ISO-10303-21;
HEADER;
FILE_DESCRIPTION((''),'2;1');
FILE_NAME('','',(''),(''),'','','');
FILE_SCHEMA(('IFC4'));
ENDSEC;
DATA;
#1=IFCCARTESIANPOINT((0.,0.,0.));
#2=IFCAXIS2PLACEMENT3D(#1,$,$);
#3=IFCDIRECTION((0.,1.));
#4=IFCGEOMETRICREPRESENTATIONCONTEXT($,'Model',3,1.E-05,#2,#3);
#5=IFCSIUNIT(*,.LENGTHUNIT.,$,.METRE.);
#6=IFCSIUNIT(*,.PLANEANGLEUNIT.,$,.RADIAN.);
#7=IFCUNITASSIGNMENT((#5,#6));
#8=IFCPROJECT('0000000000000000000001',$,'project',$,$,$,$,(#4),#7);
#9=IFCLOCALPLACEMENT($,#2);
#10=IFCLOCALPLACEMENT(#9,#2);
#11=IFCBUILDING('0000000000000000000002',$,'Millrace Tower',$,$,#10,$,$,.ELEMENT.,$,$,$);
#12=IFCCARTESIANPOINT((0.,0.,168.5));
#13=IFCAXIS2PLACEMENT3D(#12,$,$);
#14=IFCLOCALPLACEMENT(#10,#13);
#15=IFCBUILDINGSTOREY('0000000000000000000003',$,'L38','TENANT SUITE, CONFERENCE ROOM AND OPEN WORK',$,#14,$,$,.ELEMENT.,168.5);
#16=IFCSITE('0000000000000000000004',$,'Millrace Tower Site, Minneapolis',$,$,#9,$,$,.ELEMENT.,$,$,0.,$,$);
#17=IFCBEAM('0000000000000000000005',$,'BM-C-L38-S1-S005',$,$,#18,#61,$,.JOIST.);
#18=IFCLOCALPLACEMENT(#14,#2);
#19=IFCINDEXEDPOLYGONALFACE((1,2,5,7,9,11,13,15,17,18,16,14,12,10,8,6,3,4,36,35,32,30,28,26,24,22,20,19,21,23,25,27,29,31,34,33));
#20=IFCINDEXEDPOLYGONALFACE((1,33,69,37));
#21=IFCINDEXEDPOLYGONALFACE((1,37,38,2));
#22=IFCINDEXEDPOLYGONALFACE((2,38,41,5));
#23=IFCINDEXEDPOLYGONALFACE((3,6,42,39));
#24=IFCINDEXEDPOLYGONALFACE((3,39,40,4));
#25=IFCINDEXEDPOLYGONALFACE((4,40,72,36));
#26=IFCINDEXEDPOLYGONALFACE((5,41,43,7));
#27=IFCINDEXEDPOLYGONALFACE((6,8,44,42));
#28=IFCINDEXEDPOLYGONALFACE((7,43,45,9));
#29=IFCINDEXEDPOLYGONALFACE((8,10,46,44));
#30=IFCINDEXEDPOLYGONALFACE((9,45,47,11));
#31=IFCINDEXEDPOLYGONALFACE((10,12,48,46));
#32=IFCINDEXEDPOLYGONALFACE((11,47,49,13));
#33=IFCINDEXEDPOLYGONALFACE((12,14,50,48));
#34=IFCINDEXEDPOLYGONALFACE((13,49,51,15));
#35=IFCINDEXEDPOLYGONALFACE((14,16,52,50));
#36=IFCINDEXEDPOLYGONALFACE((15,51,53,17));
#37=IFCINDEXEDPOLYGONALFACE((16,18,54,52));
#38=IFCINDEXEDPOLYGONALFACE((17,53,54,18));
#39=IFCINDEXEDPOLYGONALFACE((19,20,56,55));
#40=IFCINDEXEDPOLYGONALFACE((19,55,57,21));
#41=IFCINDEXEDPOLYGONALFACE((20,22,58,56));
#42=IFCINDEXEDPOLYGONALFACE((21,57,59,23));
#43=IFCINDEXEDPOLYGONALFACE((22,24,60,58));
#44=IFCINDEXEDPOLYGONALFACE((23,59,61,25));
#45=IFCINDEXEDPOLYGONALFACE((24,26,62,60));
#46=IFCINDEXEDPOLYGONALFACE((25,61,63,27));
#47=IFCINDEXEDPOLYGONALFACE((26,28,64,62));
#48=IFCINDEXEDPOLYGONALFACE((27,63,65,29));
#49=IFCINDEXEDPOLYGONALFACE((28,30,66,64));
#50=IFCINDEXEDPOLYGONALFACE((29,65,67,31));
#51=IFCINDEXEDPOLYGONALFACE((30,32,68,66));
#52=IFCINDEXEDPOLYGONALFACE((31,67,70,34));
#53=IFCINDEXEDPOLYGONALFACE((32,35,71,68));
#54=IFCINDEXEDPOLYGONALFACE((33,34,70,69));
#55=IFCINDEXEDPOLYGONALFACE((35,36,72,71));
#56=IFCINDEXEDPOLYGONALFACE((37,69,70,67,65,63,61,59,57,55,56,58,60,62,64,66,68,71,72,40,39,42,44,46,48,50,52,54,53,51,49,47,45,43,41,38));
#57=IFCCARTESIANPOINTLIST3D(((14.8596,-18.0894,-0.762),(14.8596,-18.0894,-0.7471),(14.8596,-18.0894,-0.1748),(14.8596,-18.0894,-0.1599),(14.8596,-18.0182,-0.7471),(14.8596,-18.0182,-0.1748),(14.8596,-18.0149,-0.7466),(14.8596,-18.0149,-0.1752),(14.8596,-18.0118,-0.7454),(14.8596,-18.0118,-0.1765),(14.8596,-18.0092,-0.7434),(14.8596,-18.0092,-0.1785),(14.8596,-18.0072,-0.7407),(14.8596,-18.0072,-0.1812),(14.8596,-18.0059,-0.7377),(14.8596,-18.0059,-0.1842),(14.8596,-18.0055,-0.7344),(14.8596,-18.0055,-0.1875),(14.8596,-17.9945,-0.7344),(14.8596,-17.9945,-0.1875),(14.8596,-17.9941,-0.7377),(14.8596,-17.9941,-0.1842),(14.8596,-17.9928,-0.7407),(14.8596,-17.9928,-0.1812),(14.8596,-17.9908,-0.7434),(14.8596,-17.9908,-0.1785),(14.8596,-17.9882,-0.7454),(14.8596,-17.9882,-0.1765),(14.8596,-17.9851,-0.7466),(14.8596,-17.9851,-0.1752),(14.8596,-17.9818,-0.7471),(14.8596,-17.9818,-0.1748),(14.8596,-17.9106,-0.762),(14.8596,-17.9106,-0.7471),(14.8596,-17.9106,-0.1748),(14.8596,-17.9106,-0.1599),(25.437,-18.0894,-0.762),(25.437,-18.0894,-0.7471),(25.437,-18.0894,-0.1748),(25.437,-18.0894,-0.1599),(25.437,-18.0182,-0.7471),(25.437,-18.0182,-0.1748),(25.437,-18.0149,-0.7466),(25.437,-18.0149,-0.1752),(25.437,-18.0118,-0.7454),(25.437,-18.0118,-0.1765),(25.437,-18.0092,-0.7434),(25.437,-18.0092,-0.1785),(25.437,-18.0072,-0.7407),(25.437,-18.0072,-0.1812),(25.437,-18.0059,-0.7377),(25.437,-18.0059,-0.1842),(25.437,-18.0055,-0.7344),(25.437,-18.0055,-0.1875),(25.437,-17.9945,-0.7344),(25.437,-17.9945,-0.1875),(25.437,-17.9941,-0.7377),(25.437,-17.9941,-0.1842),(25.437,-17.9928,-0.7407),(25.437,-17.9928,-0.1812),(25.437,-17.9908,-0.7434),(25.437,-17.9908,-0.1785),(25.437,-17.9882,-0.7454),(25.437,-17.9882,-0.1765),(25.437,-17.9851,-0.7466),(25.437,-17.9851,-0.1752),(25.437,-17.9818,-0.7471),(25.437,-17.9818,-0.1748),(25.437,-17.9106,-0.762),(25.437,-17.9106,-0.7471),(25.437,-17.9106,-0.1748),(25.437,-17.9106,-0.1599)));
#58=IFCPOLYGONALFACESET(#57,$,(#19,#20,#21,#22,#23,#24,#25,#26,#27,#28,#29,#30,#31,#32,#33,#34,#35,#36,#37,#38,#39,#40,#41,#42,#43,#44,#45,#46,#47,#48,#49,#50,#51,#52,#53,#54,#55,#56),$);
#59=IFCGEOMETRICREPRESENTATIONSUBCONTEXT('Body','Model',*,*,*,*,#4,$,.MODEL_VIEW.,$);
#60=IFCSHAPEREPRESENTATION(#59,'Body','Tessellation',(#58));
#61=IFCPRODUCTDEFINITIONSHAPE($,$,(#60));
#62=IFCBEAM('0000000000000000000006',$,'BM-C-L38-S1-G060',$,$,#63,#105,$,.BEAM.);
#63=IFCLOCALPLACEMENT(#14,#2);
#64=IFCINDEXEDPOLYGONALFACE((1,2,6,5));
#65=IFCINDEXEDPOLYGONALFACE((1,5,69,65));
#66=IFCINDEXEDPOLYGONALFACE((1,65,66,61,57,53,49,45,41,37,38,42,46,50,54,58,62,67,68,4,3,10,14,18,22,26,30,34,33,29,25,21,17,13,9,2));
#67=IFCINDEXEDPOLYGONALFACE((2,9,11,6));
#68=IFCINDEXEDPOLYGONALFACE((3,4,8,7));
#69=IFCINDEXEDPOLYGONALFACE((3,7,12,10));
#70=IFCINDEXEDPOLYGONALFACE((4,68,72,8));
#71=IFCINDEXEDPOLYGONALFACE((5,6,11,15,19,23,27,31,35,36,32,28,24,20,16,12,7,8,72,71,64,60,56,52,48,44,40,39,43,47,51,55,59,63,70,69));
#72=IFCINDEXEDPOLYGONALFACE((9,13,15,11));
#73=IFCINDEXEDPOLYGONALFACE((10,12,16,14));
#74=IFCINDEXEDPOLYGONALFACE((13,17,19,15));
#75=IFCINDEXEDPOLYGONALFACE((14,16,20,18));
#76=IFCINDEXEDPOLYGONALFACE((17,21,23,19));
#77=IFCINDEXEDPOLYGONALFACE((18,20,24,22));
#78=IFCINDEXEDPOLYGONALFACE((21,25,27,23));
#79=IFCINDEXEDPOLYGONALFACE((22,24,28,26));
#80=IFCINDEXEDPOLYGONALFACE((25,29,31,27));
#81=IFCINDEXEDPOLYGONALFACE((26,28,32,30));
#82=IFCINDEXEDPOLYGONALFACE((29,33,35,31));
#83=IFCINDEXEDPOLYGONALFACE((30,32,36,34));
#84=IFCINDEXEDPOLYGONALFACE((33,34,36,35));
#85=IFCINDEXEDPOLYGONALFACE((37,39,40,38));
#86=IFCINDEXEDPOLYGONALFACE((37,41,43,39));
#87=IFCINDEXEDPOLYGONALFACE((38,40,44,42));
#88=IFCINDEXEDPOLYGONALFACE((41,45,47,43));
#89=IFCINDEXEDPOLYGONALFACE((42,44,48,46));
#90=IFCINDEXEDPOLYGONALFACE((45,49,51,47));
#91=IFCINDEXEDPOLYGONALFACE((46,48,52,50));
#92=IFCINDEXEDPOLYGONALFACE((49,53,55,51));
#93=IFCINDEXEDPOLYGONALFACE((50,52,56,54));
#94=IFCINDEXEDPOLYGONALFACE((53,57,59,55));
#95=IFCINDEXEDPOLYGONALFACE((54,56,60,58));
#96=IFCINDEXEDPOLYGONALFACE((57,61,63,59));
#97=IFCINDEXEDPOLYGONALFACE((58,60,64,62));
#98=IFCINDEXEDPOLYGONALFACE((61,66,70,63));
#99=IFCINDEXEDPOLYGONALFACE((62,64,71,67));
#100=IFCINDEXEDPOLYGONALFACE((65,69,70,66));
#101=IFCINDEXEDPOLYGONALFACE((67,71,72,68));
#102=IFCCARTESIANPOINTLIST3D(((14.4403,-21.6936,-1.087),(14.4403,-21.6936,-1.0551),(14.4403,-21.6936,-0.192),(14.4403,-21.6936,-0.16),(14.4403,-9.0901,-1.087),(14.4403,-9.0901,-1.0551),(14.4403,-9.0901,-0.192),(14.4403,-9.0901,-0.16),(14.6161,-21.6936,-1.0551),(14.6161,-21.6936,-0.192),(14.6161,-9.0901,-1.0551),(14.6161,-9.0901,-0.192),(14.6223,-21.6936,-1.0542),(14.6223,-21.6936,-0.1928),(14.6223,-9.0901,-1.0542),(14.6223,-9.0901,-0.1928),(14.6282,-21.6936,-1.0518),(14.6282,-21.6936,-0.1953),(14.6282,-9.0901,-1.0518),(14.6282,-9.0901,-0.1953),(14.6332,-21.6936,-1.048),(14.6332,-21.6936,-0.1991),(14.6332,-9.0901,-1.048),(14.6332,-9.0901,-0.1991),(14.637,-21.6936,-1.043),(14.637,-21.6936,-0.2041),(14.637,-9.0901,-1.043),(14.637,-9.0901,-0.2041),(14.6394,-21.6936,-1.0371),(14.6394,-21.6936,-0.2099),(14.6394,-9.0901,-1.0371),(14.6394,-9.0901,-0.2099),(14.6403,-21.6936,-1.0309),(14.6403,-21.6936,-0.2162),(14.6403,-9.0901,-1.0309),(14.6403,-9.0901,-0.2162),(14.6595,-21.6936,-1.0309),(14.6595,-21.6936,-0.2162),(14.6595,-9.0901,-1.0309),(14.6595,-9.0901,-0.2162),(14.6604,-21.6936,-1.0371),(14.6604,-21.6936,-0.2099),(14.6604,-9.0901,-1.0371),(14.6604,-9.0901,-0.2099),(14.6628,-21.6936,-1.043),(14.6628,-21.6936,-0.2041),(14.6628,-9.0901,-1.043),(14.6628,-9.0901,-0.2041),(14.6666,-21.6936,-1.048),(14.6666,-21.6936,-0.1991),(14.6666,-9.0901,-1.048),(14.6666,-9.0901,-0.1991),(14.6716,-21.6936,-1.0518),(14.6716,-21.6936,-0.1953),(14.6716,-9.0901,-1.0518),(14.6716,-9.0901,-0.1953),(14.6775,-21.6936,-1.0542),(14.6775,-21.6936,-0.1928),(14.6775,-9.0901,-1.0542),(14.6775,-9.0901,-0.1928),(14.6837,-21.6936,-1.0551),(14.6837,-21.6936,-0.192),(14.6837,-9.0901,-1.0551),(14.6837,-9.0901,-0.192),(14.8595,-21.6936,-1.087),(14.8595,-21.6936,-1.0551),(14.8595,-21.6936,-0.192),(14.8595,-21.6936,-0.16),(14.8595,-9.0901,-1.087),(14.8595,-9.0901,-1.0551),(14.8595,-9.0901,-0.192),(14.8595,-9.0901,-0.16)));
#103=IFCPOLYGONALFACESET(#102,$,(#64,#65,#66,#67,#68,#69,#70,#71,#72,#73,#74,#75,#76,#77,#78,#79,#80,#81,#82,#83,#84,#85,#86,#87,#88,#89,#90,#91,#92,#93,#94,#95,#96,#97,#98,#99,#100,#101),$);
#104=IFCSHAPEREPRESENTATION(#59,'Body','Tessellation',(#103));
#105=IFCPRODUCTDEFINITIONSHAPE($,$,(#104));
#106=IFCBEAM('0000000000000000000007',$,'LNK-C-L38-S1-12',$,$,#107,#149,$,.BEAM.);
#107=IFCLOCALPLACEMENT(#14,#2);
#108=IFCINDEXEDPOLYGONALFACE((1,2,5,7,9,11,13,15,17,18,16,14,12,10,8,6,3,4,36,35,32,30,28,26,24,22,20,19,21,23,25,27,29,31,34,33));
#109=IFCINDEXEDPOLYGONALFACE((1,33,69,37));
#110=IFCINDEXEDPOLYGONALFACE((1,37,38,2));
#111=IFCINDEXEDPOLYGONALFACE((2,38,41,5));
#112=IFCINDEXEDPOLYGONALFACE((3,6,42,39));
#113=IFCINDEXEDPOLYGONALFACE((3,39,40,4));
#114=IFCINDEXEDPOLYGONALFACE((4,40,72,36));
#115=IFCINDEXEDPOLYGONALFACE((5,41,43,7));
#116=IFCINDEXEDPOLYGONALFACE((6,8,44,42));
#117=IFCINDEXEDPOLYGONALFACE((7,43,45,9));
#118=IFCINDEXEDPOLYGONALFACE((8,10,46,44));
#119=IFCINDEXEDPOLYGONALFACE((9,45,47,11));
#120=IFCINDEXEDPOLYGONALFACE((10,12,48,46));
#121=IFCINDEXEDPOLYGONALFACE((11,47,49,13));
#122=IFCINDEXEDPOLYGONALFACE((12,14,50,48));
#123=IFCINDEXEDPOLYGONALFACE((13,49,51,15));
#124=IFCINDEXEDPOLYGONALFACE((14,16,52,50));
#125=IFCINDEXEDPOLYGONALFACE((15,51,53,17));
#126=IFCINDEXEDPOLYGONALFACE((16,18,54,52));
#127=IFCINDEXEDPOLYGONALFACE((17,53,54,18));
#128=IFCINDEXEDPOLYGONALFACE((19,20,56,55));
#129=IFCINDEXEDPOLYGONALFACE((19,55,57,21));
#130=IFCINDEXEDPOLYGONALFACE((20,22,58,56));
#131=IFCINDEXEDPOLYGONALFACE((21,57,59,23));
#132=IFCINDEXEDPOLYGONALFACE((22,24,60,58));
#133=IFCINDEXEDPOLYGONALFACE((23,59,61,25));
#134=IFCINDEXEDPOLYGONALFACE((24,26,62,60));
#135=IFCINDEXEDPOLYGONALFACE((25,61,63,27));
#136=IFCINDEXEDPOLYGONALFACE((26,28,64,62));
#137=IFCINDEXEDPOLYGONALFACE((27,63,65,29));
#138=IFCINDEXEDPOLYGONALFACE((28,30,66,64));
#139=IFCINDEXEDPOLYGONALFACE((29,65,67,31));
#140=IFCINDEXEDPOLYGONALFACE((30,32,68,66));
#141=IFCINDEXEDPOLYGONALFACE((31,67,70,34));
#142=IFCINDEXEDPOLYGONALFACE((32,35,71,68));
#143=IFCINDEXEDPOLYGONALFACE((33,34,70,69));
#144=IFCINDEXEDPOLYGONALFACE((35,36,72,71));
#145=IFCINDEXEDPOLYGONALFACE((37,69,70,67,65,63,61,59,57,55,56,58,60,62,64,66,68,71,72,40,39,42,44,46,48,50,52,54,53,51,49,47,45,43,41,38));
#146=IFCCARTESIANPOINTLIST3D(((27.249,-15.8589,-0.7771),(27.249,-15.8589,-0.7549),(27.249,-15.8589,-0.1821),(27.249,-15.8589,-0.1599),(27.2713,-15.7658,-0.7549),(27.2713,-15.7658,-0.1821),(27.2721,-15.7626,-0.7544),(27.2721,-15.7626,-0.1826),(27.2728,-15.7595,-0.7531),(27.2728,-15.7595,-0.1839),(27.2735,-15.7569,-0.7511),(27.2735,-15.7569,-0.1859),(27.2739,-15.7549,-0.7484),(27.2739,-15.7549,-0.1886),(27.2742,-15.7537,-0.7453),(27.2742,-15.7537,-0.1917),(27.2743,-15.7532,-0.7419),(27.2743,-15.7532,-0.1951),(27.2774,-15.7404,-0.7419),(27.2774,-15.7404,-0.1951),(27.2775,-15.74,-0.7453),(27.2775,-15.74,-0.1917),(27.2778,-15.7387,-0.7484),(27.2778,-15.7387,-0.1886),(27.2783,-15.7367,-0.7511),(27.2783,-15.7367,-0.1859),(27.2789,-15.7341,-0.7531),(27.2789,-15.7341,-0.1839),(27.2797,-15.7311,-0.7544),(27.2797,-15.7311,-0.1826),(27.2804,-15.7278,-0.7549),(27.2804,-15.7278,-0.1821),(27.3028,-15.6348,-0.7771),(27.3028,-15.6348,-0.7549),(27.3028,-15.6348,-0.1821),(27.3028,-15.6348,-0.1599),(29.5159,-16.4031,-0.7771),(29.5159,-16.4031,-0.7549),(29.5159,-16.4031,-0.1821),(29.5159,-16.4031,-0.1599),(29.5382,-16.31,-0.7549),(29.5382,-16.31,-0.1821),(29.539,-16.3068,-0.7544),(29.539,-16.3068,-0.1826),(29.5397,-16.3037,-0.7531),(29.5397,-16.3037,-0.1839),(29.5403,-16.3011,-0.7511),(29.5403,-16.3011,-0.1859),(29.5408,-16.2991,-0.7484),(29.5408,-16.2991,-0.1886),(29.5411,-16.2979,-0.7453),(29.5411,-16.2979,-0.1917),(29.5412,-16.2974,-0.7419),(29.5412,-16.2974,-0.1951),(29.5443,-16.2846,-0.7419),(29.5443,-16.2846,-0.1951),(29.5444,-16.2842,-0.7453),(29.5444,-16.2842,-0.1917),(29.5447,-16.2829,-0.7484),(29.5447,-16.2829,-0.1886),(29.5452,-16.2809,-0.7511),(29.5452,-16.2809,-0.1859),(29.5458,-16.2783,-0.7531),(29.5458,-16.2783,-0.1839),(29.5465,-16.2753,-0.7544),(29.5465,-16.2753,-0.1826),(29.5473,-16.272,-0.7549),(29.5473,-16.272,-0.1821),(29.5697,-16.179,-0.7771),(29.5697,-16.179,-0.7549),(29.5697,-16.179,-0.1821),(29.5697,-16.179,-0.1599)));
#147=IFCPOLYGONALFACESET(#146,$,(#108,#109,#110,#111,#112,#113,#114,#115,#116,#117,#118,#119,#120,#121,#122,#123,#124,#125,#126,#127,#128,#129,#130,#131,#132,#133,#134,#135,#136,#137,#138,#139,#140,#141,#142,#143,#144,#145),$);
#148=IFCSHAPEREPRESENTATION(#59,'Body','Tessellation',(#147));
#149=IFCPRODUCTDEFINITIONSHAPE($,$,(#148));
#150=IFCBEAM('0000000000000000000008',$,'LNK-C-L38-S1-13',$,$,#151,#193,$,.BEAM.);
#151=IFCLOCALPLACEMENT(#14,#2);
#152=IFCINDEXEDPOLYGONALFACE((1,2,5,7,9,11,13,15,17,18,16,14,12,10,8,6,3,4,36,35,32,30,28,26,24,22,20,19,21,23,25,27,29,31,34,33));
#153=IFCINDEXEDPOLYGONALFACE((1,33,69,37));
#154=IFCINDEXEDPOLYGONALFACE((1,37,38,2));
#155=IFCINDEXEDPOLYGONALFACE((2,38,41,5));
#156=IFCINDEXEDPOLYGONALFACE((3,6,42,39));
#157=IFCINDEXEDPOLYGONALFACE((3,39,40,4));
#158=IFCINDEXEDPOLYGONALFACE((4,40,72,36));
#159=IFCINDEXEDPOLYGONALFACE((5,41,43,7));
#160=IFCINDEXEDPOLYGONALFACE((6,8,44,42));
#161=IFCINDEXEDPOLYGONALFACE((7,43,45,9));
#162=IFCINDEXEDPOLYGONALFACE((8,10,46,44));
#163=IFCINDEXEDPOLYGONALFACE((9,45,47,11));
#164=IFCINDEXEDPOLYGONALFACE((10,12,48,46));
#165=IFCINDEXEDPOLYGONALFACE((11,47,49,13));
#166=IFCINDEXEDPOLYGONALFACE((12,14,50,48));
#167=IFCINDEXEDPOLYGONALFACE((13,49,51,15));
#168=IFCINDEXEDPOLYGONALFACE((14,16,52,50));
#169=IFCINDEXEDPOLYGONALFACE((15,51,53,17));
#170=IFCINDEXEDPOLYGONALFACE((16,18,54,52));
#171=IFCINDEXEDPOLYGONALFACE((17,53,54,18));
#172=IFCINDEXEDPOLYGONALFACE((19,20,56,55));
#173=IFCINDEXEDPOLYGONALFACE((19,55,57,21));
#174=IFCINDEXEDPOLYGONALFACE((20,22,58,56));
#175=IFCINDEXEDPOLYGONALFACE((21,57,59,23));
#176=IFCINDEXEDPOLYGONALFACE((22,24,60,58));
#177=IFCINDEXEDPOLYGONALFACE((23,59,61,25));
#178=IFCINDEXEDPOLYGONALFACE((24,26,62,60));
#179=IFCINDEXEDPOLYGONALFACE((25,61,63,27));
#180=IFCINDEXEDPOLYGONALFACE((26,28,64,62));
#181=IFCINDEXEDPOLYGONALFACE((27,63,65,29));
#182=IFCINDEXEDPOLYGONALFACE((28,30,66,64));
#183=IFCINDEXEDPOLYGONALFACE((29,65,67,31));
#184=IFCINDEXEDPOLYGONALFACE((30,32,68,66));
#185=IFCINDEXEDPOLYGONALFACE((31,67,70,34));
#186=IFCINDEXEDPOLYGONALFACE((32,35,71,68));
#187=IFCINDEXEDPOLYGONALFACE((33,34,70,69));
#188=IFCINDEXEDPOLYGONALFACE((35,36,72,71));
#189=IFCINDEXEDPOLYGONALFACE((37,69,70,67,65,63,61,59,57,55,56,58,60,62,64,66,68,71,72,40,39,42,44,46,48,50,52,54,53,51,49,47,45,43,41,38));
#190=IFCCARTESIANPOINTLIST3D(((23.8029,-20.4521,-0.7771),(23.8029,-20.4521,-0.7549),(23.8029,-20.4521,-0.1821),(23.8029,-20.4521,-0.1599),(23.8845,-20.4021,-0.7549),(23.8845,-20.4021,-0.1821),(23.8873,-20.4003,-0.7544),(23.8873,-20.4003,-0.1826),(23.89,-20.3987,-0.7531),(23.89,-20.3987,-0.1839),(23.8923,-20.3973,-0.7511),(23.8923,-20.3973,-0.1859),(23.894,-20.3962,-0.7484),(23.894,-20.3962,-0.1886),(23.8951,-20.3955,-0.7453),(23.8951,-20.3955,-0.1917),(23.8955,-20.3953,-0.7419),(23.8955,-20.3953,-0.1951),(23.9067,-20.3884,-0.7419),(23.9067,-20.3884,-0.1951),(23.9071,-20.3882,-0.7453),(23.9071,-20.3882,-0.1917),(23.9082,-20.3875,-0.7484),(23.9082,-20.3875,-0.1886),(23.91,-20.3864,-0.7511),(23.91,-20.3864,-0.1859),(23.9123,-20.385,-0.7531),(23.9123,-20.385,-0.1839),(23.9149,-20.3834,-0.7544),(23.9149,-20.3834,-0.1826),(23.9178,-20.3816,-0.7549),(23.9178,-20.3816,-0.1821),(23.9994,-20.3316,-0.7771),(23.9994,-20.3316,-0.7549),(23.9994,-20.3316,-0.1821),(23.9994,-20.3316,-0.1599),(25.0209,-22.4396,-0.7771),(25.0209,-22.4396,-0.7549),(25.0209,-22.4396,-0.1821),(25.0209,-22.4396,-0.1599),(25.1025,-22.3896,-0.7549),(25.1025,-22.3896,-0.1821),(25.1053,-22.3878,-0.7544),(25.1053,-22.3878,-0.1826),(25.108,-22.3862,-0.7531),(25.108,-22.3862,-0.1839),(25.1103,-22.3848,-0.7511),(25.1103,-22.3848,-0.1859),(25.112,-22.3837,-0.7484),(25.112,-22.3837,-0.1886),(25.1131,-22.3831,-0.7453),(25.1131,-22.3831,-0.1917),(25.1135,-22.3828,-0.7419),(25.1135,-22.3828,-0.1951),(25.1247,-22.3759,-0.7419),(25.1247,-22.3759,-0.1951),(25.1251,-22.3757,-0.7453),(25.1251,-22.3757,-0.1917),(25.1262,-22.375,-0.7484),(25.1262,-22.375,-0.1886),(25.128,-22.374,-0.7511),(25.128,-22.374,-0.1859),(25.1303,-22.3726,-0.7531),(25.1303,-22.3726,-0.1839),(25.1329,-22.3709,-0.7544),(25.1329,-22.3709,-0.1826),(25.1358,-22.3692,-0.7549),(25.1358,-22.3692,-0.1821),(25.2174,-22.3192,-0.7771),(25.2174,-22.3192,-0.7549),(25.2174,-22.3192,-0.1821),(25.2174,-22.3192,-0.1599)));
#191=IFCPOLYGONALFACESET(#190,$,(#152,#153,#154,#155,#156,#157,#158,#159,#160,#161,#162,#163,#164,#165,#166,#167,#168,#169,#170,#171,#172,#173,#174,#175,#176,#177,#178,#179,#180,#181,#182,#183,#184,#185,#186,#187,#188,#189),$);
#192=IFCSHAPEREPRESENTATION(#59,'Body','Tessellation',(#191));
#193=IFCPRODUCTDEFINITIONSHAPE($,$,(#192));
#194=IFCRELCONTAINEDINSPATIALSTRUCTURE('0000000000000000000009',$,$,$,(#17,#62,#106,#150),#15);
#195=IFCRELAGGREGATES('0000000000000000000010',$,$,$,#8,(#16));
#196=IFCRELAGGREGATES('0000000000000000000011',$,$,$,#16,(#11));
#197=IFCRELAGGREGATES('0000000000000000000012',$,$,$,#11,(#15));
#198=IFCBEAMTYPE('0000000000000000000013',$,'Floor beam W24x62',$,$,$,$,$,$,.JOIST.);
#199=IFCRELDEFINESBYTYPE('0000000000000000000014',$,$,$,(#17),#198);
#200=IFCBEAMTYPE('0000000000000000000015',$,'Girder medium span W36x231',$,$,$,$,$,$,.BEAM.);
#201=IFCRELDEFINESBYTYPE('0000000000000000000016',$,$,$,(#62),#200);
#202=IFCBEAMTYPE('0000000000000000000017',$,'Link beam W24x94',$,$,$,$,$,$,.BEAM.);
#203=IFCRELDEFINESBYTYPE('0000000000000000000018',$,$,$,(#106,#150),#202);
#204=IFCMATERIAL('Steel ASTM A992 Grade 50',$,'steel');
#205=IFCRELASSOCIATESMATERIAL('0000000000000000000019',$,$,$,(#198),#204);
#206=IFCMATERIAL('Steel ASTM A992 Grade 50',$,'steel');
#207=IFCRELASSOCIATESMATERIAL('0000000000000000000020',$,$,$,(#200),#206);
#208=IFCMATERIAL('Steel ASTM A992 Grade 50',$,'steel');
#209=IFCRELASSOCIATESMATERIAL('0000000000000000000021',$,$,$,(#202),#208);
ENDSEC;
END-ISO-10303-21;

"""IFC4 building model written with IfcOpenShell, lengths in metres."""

from ifc_helpers import new_model, si_unit, direction, frame, origin, origin_2d, place, context, subcontext, project, spatial, i_section, extrude, material, material_profile, profile_set, type_object, element, save


model = new_model("IFC4")

# Units and contexts
model_context = context("Model", 3, precision=1e-05, world=origin(), true_north=direction((0.0, 1.0)))
body_context = subcontext(model_context, "Body", "Model", "MODEL_VIEW")
ifc_project = project(units=[si_unit("LENGTHUNIT", "METRE"), si_unit("PLANEANGLEUNIT", "RADIAN")], contexts=[model_context])

# Site, building, storey
site_placement = place(None, origin())
site = spatial("IfcSite", under=ifc_project, at=site_placement, Name="Millrace Tower Site, Minneapolis", CompositionType="ELEMENT", RefElevation=0.0)
building_placement = place(site_placement, origin())
building = spatial("IfcBuilding", under=site, at=building_placement, Name="Millrace Tower", CompositionType="ELEMENT")
storey_placement = place(building_placement, frame((0.0, 0.0, 168.5)))
storey = spatial("IfcBuildingStorey", under=building, at=storey_placement, Name="L38", Description="TENANT SUITE, CONFERENCE ROOM AND OPEN WORK", CompositionType="ELEMENT", Elevation=168.5)

# Beams
ifc_material_1 = material(Name="Steel ASTM A992 Grade 50", Category="steel")
ifc_material_profile_1 = material_profile(ifc_material_1, i_section(OverallWidth=0.1787, OverallDepth=0.6021, WebThickness=0.011, FlangeThickness=0.0149, FilletRadius=0.0127, at=origin_2d()))
ifc_profile_set_1 = profile_set([ifc_material_profile_1], Name="Steel ASTM A992 Grade 50")
beam_type_1 = type_object("IfcBeamType", Name="Floor beam W24x62", PredefinedType="JOIST", material=ifc_profile_set_1)
beam_1_placement = place(storey_placement, frame((14.8596, -18.0, -0.4609), z_axis=(1.0, 0.0, 0.0), x_axis=(0.0, 1.0, 0.0)))
element("IfcBeam", 1, at=beam_1_placement, inside=storey, type_object=beam_type_1, Name="BM-C-L38-S1-S005", PredefinedType="JOIST", context=body_context, shape_type="SweptSolid", body=[
    extrude(i_section(OverallWidth=0.1787, OverallDepth=0.6021, WebThickness=0.011, FlangeThickness=0.0149, FilletRadius=0.0127, at=origin_2d()), origin(), (0.0, 0.0, 1.0), 10.5774),
])
ifc_material_2 = material(Name="Steel ASTM A992 Grade 50", Category="steel")
ifc_material_profile_2 = material_profile(ifc_material_2, i_section(OverallWidth=0.4192, OverallDepth=0.927, WebThickness=0.0193, FlangeThickness=0.032, FilletRadius=0.0242, at=origin_2d()))
ifc_profile_set_2 = profile_set([ifc_material_profile_2], Name="Steel ASTM A992 Grade 50")
beam_type_2 = type_object("IfcBeamType", Name="Girder medium span W36x231", PredefinedType="BEAM", material=ifc_profile_set_2)
beam_2_placement = place(storey_placement, frame((14.6499, -21.6936, -0.6235), z_axis=(0.0, 1.0, 0.0), x_axis=(-1.0, 0.0, 0.0)))
element("IfcBeam", 2, at=beam_2_placement, inside=storey, type_object=beam_type_2, Name="BM-C-L38-S1-G060", PredefinedType="BEAM", context=body_context, shape_type="SweptSolid", body=[
    extrude(i_section(OverallWidth=0.4192, OverallDepth=0.927, WebThickness=0.0193, FlangeThickness=0.032, FilletRadius=0.0242, at=origin_2d()), origin(), (0.0, 0.0, 1.0), 12.6035),
])
ifc_material_3 = material(Name="Steel ASTM A992 Grade 50", Category="steel")
ifc_material_profile_3 = material_profile(ifc_material_3, i_section(OverallWidth=0.2305, OverallDepth=0.6172, WebThickness=0.0132, FlangeThickness=0.0222, FilletRadius=0.0129, at=origin_2d()))
ifc_profile_set_3 = profile_set([ifc_material_profile_3], Name="Steel ASTM A992 Grade 50")
beam_type_3 = type_object("IfcBeamType", Name="Link beam W24x94", PredefinedType="BEAM", material=ifc_profile_set_3)
beam_3_placement = place(storey_placement, frame((27.2759, -15.7468, -0.4685), z_axis=(0.972373, -0.233432, 0.0), x_axis=(0.233432, 0.972373, 0.0)))
element("IfcBeam", 3, at=beam_3_placement, inside=storey, type_object=beam_type_3, Name="LNK-C-L38-S1-12", PredefinedType="BEAM", context=body_context, shape_type="SweptSolid", body=[
    extrude(i_section(OverallWidth=0.2305, OverallDepth=0.6172, WebThickness=0.0132, FlangeThickness=0.0222, FilletRadius=0.0129, at=origin_2d()), origin(), (0.0, 0.0, 1.0), 2.3313),
])
beam_4_placement = place(storey_placement, frame((23.9011, -20.3918, -0.4685), z_axis=(0.522513, -0.852631, 0.0), x_axis=(0.852631, 0.522513, 0.0)))
element("IfcBeam", 4, at=beam_4_placement, inside=storey, type_object=beam_type_3, Name="LNK-C-L38-S1-13", PredefinedType="BEAM", context=body_context, shape_type="SweptSolid", body=[
    extrude(i_section(OverallWidth=0.2305, OverallDepth=0.6172, WebThickness=0.0132, FlangeThickness=0.0222, FilletRadius=0.0129, at=origin_2d()), origin(), (0.0, 0.0, 1.0), 2.3311),
])

save(model, "model.ifc")
